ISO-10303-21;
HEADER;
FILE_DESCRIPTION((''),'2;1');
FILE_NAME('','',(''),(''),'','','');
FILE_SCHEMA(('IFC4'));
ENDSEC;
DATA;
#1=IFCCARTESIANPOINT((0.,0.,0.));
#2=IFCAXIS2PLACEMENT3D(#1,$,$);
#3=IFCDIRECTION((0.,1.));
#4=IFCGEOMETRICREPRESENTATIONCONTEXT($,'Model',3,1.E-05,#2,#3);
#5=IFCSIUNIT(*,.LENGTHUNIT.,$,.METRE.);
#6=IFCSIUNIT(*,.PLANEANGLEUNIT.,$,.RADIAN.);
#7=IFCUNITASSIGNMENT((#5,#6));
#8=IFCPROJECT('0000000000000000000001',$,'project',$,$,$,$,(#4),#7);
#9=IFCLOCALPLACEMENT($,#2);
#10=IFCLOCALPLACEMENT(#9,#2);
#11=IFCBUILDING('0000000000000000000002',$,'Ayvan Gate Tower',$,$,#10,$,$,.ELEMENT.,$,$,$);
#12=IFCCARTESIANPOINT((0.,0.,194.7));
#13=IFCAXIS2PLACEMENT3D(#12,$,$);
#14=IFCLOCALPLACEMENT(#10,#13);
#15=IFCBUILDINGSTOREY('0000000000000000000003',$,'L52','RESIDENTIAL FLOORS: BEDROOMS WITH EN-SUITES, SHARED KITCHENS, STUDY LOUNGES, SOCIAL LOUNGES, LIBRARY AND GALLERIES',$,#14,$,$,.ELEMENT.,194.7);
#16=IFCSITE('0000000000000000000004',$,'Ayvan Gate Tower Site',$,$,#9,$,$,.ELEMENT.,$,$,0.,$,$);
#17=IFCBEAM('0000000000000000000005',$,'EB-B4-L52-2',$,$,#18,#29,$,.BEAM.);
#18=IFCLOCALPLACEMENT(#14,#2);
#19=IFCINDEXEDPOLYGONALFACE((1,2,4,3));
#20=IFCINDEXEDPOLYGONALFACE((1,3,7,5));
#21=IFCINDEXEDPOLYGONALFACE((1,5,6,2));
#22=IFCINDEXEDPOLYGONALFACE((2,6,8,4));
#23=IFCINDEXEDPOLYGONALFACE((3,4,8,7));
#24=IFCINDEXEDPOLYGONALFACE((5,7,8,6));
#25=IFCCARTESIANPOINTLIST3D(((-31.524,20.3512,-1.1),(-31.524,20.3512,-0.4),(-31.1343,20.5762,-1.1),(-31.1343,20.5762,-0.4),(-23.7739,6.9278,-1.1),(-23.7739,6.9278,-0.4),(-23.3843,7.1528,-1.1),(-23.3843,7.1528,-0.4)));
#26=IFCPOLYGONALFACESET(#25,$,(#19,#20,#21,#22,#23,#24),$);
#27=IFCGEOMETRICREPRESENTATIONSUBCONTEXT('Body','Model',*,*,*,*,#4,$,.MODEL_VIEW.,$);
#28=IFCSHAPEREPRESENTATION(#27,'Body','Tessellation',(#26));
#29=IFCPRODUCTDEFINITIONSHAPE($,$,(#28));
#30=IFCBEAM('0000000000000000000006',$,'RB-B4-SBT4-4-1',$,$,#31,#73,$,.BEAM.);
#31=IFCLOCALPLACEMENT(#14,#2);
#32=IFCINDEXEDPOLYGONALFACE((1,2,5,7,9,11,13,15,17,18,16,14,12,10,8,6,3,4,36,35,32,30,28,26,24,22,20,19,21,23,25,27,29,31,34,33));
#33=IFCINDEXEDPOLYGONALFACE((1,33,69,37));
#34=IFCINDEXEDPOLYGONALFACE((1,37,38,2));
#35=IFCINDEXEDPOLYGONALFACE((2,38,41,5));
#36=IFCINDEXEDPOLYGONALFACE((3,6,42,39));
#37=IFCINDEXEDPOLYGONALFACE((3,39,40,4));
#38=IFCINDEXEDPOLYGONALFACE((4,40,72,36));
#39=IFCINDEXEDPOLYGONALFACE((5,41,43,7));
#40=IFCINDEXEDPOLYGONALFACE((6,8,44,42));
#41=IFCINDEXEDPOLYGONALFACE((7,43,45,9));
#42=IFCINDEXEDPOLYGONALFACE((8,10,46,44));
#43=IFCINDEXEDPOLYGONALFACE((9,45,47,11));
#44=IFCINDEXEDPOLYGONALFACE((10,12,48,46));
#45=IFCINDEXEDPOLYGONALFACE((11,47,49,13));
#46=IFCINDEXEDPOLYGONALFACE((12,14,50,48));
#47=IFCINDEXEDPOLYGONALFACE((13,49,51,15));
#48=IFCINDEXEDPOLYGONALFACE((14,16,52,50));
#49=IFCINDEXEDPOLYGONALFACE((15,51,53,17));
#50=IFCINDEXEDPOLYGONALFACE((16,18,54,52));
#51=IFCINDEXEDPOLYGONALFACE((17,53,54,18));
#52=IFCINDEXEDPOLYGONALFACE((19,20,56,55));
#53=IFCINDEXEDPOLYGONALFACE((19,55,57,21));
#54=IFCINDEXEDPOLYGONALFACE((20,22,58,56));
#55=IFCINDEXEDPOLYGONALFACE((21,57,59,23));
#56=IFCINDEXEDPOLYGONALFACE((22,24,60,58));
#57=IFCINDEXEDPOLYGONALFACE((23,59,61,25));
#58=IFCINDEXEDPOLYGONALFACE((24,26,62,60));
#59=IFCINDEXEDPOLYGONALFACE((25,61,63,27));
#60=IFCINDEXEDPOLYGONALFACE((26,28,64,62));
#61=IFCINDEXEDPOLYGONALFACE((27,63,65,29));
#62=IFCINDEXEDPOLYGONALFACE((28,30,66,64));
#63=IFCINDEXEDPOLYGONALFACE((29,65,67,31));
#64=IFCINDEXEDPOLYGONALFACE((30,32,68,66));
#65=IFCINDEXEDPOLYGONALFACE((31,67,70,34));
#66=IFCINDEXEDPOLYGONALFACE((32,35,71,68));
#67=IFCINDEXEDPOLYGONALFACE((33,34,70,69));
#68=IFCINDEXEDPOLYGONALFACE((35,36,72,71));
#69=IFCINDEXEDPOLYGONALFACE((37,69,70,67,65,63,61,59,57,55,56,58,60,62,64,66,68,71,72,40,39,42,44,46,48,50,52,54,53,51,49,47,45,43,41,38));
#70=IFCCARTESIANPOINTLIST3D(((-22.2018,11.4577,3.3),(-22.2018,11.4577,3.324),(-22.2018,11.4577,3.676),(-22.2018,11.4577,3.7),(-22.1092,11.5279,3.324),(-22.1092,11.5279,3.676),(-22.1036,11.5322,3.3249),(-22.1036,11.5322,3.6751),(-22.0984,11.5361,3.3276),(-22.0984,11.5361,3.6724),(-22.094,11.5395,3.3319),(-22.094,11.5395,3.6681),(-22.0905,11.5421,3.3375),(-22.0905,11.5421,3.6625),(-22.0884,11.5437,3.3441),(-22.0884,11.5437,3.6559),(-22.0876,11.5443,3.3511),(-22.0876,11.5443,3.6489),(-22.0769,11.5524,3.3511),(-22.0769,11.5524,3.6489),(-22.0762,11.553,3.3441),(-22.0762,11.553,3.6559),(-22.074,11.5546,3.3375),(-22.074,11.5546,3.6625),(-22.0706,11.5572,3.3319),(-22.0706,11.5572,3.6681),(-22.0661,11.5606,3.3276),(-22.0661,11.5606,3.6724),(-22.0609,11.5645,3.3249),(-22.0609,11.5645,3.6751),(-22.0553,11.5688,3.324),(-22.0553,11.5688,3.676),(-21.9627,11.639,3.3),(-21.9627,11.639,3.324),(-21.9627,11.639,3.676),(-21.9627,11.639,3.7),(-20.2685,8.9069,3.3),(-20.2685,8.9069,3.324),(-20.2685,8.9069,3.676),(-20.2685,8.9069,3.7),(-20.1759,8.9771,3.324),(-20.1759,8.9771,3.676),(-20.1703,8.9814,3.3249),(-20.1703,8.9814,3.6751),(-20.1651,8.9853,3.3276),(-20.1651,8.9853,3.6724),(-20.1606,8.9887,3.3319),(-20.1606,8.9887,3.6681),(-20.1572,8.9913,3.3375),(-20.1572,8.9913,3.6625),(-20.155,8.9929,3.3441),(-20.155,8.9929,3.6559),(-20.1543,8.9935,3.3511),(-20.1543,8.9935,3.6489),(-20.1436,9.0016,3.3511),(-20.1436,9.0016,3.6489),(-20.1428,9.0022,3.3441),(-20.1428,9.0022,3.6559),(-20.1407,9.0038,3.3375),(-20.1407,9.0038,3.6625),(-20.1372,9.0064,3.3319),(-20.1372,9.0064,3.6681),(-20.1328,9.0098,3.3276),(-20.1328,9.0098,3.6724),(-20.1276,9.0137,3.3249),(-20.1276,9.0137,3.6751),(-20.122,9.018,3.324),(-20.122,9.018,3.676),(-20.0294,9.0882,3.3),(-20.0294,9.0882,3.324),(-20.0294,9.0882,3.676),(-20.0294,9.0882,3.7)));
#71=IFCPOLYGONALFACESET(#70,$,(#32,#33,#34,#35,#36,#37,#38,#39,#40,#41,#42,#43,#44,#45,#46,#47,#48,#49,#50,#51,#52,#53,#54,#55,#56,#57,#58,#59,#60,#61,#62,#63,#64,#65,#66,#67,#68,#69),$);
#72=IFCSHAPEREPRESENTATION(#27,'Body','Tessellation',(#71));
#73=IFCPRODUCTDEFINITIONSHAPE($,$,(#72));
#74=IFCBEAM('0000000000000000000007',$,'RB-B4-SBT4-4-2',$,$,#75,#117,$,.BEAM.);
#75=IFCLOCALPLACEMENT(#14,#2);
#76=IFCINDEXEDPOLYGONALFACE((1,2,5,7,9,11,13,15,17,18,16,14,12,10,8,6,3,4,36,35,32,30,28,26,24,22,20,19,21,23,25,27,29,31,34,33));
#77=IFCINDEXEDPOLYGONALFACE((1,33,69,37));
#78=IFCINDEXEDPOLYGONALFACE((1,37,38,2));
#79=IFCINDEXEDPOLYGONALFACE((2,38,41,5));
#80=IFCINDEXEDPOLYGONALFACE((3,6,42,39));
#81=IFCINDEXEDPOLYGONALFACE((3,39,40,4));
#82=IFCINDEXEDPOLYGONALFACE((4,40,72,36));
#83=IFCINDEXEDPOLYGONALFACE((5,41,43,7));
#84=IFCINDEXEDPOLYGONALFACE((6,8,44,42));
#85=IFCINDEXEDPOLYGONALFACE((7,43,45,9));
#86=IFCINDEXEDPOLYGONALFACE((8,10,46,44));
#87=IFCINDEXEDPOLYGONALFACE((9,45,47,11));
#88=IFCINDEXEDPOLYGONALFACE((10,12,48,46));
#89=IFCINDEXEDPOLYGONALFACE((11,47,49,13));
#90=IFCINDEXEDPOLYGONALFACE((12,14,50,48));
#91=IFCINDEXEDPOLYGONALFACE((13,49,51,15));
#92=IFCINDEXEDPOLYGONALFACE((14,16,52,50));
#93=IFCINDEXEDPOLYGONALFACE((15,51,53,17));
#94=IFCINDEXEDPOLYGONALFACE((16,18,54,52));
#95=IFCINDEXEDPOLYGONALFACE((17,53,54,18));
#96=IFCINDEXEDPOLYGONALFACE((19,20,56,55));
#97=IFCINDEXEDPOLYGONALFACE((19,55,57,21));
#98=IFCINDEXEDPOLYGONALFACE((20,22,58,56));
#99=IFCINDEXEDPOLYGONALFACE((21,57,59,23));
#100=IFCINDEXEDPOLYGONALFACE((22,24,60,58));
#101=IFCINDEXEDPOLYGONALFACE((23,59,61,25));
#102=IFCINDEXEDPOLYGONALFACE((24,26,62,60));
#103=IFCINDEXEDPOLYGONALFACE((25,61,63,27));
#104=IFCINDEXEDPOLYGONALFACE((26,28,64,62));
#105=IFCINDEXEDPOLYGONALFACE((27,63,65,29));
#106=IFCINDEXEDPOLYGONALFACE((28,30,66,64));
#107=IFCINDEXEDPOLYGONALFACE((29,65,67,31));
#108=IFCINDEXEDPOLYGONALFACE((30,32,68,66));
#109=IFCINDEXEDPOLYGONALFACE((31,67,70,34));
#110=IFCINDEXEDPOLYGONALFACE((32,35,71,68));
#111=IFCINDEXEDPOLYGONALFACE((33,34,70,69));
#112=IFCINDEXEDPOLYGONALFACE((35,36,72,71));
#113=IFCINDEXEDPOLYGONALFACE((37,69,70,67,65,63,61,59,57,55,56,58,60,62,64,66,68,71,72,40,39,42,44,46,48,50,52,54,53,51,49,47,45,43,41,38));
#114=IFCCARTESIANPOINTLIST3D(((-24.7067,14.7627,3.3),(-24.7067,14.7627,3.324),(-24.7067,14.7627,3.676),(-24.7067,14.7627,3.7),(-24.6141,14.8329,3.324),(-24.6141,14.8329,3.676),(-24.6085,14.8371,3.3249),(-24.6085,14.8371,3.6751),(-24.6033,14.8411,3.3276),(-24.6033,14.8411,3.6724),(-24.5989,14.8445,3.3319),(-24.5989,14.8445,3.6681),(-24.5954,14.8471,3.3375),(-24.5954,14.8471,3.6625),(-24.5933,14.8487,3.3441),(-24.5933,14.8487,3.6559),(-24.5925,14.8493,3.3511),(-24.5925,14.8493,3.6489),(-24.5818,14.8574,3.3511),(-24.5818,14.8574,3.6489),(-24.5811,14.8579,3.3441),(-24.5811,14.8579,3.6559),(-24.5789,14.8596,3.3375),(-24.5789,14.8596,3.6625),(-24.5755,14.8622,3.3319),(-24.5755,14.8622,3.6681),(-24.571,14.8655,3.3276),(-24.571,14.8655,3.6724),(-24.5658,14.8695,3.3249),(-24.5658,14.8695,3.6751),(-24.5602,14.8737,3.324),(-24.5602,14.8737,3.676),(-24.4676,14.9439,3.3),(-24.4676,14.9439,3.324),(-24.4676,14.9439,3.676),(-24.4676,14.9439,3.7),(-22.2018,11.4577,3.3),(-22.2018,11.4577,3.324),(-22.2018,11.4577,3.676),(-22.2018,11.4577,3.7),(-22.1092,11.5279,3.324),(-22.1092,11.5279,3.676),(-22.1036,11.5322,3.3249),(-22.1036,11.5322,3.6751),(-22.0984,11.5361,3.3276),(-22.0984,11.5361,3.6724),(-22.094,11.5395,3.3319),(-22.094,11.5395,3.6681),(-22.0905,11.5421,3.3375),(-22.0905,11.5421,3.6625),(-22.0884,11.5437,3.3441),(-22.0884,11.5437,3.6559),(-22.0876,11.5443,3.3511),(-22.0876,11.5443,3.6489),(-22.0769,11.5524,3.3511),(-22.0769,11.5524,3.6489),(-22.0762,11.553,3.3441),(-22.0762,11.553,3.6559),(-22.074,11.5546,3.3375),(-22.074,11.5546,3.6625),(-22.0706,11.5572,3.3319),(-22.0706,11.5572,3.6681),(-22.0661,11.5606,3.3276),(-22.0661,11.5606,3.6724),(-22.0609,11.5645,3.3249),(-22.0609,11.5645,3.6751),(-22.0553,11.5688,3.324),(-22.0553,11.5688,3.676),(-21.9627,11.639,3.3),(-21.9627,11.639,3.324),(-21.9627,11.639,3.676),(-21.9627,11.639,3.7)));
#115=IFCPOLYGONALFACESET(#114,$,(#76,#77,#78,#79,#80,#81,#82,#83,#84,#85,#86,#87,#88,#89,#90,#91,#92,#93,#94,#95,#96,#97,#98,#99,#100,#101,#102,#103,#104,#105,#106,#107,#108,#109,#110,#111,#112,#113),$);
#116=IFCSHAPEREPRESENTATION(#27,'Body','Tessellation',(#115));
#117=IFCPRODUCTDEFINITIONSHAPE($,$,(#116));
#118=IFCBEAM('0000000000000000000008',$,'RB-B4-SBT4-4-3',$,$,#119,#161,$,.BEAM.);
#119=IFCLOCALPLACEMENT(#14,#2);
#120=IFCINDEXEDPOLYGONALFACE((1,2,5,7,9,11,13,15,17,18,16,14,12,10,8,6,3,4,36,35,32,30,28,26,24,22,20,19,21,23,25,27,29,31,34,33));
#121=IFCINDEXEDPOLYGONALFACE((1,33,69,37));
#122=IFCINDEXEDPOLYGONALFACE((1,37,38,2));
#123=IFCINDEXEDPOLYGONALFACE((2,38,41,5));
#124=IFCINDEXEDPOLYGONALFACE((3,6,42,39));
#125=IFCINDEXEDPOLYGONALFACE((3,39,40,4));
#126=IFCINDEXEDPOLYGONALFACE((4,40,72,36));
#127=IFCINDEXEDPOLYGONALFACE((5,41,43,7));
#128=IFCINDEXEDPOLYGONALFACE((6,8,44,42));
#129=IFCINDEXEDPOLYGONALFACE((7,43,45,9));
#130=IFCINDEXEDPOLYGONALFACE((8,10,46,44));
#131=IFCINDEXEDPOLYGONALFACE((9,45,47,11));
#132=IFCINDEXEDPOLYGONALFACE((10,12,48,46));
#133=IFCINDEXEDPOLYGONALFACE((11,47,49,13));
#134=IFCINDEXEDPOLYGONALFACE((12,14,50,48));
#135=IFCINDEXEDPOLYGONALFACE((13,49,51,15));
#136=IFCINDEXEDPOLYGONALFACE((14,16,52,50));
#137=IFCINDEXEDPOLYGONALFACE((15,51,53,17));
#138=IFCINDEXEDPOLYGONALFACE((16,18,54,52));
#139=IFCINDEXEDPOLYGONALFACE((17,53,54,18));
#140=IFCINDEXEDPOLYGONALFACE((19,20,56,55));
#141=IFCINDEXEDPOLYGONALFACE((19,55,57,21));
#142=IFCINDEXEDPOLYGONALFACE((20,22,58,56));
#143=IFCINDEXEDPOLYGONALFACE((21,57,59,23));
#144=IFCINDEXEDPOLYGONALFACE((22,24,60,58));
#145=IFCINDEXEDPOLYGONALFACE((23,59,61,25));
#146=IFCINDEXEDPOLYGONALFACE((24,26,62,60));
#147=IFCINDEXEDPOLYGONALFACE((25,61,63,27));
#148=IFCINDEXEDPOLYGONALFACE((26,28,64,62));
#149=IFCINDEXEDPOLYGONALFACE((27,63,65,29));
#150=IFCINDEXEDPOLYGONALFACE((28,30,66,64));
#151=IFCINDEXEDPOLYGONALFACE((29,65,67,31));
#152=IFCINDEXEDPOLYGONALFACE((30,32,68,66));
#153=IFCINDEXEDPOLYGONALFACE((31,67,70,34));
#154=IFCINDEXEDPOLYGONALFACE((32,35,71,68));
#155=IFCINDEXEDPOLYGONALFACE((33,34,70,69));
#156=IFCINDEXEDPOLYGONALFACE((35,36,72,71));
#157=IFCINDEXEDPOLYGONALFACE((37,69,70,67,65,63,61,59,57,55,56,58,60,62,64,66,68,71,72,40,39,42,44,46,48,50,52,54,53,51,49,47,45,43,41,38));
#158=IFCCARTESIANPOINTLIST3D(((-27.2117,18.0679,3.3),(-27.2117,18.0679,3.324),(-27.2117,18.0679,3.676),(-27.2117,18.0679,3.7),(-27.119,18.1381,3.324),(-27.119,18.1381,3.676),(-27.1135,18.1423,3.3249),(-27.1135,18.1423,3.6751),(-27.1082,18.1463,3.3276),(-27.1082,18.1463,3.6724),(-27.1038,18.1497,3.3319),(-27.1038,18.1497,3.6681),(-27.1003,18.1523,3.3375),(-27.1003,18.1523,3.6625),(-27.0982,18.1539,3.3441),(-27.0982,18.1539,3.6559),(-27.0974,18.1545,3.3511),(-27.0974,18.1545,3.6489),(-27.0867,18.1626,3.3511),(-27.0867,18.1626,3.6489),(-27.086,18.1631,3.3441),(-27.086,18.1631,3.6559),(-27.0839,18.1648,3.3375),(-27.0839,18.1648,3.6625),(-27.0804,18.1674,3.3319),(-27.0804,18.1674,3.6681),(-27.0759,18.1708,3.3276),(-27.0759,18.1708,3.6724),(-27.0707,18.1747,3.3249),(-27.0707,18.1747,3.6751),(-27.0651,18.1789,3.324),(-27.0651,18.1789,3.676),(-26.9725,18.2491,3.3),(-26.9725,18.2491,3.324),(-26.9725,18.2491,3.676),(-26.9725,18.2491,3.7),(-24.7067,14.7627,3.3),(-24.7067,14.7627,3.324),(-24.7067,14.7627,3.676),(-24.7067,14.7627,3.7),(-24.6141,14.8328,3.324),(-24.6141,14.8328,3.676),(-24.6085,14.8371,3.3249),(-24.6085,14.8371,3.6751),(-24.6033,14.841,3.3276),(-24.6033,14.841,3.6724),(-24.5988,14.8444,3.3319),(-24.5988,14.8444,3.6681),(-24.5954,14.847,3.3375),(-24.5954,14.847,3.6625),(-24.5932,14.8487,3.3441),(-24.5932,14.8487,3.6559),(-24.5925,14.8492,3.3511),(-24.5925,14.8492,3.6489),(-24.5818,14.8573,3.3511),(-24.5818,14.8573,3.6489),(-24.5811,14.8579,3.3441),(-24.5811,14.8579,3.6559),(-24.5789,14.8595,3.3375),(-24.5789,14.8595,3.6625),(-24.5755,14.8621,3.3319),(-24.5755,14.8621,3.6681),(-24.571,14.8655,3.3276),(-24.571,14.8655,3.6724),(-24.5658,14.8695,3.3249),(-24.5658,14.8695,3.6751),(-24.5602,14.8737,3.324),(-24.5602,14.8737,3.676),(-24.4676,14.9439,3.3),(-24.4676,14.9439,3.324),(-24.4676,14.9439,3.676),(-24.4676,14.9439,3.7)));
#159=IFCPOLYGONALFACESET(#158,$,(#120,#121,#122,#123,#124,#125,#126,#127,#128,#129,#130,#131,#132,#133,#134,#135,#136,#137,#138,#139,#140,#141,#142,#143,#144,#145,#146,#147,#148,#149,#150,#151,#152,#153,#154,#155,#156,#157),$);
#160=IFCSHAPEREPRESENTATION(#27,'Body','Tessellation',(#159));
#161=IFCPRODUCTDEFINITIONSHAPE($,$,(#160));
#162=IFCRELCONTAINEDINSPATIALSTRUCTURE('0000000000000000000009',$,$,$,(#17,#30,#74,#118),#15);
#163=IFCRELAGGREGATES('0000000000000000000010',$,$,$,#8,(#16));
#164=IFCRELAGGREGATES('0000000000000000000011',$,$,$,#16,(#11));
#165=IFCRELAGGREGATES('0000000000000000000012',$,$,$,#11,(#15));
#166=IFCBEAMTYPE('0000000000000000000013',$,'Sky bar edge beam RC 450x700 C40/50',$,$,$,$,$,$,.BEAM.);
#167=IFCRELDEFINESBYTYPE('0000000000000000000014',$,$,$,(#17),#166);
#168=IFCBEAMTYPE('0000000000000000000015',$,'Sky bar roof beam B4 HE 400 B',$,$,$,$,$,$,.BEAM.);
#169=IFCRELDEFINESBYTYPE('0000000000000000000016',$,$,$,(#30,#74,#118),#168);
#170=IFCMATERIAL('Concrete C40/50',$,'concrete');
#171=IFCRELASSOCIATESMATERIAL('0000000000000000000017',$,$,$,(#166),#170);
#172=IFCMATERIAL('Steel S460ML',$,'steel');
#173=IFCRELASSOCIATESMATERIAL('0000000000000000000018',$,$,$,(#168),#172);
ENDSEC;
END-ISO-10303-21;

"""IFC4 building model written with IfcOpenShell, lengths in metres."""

from ifc_helpers import new_model, si_unit, direction, frame, origin, origin_2d, place, context, subcontext, project, spatial, rectangle, i_section, extrude, material, material_profile, profile_set, type_object, element, save


model = new_model("IFC4")

# Units and contexts
model_context = context("Model", 3, precision=1e-05, world=origin(), true_north=direction((0.0, 1.0)))
body_context = subcontext(model_context, "Body", "Model", "MODEL_VIEW")
ifc_project = project(units=[si_unit("LENGTHUNIT", "METRE"), si_unit("PLANEANGLEUNIT", "RADIAN")], contexts=[model_context])

# Site, building, storey
site_placement = place(None, origin())
site = spatial("IfcSite", under=ifc_project, at=site_placement, Name="Ayvan Gate Tower Site", CompositionType="ELEMENT", RefElevation=0.0)
building_placement = place(site_placement, origin())
building = spatial("IfcBuilding", under=site, at=building_placement, Name="Ayvan Gate Tower", CompositionType="ELEMENT")
storey_placement = place(building_placement, frame((0.0, 0.0, 194.7)))
storey = spatial("IfcBuildingStorey", under=building, at=storey_placement, Name="L52", Description="RESIDENTIAL FLOORS: BEDROOMS WITH EN-SUITES, SHARED KITCHENS, STUDY LOUNGES, SOCIAL LOUNGES, LIBRARY AND GALLERIES", CompositionType="ELEMENT", Elevation=194.7)

# Beams
ifc_material_1 = material(Name="Concrete C40/50", Category="concrete")
ifc_material_profile_1 = material_profile(ifc_material_1, rectangle(XDim=0.45, YDim=0.7, at=origin_2d()), Name="RC 450x700")
ifc_profile_set_1 = profile_set([ifc_material_profile_1], Name="Concrete C40/50")
beam_type_1 = type_object("IfcBeamType", Name="Sky bar edge beam RC 450x700 C40/50", PredefinedType="BEAM", material=ifc_profile_set_1)
beam_1_placement = place(storey_placement, frame((-23.5791, 7.0403, -0.75), z_axis=(-0.500002, 0.866025, 0.0), x_axis=(-0.866025, -0.500002, 0.0)))
element("IfcBeam", 1, at=beam_1_placement, inside=storey, type_object=beam_type_1, Name="EB-B4-L52-2", PredefinedType="BEAM", context=body_context, shape_type="SweptSolid", body=[
    extrude(rectangle(XDim=0.45, YDim=0.7, at=origin_2d()), origin(), (0.0, 0.0, 1.0), 15.5),
])
ifc_material_2 = material(Name="Steel S460ML", Category="steel")
ifc_material_profile_2 = material_profile(ifc_material_2, i_section(OverallWidth=0.3, OverallDepth=0.3999, WebThickness=0.0134, FlangeThickness=0.0239, FilletRadius=0.0271, at=origin_2d()), Name="HE 400 B")
ifc_profile_set_2 = profile_set([ifc_material_profile_2], Name="Steel S460ML")
beam_type_2 = type_object("IfcBeamType", Name="Sky bar roof beam B4 HE 400 B", PredefinedType="BEAM", material=ifc_profile_set_2)
beam_2_placement = place(storey_placement, frame((-20.1489, 8.9976, 3.5), z_axis=(-0.604044, 0.796951, 0.0), x_axis=(-0.796951, -0.604044, 0.0)))
element("IfcBeam", 2, at=beam_2_placement, inside=storey, type_object=beam_type_2, Name="RB-B4-SBT4-4-1", PredefinedType="BEAM", context=body_context, shape_type="SweptSolid", body=[
    extrude(i_section(OverallWidth=0.3, OverallDepth=0.3999, WebThickness=0.0134, FlangeThickness=0.0239, FilletRadius=0.0271, at=origin_2d()), origin(), (0.0, 0.0, 1.0), 3.2007),
])
beam_3_placement = place(storey_placement, frame((-22.0823, 11.5483, 3.5), z_axis=(-0.604033, 0.796959, 0.0), x_axis=(-0.796959, -0.604033, 0.0)))
element("IfcBeam", 3, at=beam_3_placement, inside=storey, type_object=beam_type_2, Name="RB-B4-SBT4-4-2", PredefinedType="BEAM", context=body_context, shape_type="SweptSolid", body=[
    extrude(i_section(OverallWidth=0.3, OverallDepth=0.3999, WebThickness=0.0134, FlangeThickness=0.0239, FilletRadius=0.0271, at=origin_2d()), origin(), (0.0, 0.0, 1.0), 4.147),
])
beam_4_placement = place(storey_placement, frame((-24.5872, 14.8533, 3.5), z_axis=(-0.604005, 0.796981, 0.0), x_axis=(-0.796981, -0.604005, 0.0)))
element("IfcBeam", 4, at=beam_4_placement, inside=storey, type_object=beam_type_2, Name="RB-B4-SBT4-4-3", PredefinedType="BEAM", context=body_context, shape_type="SweptSolid", body=[
    extrude(i_section(OverallWidth=0.3, OverallDepth=0.3999, WebThickness=0.0134, FlangeThickness=0.0239, FilletRadius=0.0271, at=origin_2d()), origin(), (0.0, 0.0, 1.0), 4.1472),
])

save(model, "model.ifc")
